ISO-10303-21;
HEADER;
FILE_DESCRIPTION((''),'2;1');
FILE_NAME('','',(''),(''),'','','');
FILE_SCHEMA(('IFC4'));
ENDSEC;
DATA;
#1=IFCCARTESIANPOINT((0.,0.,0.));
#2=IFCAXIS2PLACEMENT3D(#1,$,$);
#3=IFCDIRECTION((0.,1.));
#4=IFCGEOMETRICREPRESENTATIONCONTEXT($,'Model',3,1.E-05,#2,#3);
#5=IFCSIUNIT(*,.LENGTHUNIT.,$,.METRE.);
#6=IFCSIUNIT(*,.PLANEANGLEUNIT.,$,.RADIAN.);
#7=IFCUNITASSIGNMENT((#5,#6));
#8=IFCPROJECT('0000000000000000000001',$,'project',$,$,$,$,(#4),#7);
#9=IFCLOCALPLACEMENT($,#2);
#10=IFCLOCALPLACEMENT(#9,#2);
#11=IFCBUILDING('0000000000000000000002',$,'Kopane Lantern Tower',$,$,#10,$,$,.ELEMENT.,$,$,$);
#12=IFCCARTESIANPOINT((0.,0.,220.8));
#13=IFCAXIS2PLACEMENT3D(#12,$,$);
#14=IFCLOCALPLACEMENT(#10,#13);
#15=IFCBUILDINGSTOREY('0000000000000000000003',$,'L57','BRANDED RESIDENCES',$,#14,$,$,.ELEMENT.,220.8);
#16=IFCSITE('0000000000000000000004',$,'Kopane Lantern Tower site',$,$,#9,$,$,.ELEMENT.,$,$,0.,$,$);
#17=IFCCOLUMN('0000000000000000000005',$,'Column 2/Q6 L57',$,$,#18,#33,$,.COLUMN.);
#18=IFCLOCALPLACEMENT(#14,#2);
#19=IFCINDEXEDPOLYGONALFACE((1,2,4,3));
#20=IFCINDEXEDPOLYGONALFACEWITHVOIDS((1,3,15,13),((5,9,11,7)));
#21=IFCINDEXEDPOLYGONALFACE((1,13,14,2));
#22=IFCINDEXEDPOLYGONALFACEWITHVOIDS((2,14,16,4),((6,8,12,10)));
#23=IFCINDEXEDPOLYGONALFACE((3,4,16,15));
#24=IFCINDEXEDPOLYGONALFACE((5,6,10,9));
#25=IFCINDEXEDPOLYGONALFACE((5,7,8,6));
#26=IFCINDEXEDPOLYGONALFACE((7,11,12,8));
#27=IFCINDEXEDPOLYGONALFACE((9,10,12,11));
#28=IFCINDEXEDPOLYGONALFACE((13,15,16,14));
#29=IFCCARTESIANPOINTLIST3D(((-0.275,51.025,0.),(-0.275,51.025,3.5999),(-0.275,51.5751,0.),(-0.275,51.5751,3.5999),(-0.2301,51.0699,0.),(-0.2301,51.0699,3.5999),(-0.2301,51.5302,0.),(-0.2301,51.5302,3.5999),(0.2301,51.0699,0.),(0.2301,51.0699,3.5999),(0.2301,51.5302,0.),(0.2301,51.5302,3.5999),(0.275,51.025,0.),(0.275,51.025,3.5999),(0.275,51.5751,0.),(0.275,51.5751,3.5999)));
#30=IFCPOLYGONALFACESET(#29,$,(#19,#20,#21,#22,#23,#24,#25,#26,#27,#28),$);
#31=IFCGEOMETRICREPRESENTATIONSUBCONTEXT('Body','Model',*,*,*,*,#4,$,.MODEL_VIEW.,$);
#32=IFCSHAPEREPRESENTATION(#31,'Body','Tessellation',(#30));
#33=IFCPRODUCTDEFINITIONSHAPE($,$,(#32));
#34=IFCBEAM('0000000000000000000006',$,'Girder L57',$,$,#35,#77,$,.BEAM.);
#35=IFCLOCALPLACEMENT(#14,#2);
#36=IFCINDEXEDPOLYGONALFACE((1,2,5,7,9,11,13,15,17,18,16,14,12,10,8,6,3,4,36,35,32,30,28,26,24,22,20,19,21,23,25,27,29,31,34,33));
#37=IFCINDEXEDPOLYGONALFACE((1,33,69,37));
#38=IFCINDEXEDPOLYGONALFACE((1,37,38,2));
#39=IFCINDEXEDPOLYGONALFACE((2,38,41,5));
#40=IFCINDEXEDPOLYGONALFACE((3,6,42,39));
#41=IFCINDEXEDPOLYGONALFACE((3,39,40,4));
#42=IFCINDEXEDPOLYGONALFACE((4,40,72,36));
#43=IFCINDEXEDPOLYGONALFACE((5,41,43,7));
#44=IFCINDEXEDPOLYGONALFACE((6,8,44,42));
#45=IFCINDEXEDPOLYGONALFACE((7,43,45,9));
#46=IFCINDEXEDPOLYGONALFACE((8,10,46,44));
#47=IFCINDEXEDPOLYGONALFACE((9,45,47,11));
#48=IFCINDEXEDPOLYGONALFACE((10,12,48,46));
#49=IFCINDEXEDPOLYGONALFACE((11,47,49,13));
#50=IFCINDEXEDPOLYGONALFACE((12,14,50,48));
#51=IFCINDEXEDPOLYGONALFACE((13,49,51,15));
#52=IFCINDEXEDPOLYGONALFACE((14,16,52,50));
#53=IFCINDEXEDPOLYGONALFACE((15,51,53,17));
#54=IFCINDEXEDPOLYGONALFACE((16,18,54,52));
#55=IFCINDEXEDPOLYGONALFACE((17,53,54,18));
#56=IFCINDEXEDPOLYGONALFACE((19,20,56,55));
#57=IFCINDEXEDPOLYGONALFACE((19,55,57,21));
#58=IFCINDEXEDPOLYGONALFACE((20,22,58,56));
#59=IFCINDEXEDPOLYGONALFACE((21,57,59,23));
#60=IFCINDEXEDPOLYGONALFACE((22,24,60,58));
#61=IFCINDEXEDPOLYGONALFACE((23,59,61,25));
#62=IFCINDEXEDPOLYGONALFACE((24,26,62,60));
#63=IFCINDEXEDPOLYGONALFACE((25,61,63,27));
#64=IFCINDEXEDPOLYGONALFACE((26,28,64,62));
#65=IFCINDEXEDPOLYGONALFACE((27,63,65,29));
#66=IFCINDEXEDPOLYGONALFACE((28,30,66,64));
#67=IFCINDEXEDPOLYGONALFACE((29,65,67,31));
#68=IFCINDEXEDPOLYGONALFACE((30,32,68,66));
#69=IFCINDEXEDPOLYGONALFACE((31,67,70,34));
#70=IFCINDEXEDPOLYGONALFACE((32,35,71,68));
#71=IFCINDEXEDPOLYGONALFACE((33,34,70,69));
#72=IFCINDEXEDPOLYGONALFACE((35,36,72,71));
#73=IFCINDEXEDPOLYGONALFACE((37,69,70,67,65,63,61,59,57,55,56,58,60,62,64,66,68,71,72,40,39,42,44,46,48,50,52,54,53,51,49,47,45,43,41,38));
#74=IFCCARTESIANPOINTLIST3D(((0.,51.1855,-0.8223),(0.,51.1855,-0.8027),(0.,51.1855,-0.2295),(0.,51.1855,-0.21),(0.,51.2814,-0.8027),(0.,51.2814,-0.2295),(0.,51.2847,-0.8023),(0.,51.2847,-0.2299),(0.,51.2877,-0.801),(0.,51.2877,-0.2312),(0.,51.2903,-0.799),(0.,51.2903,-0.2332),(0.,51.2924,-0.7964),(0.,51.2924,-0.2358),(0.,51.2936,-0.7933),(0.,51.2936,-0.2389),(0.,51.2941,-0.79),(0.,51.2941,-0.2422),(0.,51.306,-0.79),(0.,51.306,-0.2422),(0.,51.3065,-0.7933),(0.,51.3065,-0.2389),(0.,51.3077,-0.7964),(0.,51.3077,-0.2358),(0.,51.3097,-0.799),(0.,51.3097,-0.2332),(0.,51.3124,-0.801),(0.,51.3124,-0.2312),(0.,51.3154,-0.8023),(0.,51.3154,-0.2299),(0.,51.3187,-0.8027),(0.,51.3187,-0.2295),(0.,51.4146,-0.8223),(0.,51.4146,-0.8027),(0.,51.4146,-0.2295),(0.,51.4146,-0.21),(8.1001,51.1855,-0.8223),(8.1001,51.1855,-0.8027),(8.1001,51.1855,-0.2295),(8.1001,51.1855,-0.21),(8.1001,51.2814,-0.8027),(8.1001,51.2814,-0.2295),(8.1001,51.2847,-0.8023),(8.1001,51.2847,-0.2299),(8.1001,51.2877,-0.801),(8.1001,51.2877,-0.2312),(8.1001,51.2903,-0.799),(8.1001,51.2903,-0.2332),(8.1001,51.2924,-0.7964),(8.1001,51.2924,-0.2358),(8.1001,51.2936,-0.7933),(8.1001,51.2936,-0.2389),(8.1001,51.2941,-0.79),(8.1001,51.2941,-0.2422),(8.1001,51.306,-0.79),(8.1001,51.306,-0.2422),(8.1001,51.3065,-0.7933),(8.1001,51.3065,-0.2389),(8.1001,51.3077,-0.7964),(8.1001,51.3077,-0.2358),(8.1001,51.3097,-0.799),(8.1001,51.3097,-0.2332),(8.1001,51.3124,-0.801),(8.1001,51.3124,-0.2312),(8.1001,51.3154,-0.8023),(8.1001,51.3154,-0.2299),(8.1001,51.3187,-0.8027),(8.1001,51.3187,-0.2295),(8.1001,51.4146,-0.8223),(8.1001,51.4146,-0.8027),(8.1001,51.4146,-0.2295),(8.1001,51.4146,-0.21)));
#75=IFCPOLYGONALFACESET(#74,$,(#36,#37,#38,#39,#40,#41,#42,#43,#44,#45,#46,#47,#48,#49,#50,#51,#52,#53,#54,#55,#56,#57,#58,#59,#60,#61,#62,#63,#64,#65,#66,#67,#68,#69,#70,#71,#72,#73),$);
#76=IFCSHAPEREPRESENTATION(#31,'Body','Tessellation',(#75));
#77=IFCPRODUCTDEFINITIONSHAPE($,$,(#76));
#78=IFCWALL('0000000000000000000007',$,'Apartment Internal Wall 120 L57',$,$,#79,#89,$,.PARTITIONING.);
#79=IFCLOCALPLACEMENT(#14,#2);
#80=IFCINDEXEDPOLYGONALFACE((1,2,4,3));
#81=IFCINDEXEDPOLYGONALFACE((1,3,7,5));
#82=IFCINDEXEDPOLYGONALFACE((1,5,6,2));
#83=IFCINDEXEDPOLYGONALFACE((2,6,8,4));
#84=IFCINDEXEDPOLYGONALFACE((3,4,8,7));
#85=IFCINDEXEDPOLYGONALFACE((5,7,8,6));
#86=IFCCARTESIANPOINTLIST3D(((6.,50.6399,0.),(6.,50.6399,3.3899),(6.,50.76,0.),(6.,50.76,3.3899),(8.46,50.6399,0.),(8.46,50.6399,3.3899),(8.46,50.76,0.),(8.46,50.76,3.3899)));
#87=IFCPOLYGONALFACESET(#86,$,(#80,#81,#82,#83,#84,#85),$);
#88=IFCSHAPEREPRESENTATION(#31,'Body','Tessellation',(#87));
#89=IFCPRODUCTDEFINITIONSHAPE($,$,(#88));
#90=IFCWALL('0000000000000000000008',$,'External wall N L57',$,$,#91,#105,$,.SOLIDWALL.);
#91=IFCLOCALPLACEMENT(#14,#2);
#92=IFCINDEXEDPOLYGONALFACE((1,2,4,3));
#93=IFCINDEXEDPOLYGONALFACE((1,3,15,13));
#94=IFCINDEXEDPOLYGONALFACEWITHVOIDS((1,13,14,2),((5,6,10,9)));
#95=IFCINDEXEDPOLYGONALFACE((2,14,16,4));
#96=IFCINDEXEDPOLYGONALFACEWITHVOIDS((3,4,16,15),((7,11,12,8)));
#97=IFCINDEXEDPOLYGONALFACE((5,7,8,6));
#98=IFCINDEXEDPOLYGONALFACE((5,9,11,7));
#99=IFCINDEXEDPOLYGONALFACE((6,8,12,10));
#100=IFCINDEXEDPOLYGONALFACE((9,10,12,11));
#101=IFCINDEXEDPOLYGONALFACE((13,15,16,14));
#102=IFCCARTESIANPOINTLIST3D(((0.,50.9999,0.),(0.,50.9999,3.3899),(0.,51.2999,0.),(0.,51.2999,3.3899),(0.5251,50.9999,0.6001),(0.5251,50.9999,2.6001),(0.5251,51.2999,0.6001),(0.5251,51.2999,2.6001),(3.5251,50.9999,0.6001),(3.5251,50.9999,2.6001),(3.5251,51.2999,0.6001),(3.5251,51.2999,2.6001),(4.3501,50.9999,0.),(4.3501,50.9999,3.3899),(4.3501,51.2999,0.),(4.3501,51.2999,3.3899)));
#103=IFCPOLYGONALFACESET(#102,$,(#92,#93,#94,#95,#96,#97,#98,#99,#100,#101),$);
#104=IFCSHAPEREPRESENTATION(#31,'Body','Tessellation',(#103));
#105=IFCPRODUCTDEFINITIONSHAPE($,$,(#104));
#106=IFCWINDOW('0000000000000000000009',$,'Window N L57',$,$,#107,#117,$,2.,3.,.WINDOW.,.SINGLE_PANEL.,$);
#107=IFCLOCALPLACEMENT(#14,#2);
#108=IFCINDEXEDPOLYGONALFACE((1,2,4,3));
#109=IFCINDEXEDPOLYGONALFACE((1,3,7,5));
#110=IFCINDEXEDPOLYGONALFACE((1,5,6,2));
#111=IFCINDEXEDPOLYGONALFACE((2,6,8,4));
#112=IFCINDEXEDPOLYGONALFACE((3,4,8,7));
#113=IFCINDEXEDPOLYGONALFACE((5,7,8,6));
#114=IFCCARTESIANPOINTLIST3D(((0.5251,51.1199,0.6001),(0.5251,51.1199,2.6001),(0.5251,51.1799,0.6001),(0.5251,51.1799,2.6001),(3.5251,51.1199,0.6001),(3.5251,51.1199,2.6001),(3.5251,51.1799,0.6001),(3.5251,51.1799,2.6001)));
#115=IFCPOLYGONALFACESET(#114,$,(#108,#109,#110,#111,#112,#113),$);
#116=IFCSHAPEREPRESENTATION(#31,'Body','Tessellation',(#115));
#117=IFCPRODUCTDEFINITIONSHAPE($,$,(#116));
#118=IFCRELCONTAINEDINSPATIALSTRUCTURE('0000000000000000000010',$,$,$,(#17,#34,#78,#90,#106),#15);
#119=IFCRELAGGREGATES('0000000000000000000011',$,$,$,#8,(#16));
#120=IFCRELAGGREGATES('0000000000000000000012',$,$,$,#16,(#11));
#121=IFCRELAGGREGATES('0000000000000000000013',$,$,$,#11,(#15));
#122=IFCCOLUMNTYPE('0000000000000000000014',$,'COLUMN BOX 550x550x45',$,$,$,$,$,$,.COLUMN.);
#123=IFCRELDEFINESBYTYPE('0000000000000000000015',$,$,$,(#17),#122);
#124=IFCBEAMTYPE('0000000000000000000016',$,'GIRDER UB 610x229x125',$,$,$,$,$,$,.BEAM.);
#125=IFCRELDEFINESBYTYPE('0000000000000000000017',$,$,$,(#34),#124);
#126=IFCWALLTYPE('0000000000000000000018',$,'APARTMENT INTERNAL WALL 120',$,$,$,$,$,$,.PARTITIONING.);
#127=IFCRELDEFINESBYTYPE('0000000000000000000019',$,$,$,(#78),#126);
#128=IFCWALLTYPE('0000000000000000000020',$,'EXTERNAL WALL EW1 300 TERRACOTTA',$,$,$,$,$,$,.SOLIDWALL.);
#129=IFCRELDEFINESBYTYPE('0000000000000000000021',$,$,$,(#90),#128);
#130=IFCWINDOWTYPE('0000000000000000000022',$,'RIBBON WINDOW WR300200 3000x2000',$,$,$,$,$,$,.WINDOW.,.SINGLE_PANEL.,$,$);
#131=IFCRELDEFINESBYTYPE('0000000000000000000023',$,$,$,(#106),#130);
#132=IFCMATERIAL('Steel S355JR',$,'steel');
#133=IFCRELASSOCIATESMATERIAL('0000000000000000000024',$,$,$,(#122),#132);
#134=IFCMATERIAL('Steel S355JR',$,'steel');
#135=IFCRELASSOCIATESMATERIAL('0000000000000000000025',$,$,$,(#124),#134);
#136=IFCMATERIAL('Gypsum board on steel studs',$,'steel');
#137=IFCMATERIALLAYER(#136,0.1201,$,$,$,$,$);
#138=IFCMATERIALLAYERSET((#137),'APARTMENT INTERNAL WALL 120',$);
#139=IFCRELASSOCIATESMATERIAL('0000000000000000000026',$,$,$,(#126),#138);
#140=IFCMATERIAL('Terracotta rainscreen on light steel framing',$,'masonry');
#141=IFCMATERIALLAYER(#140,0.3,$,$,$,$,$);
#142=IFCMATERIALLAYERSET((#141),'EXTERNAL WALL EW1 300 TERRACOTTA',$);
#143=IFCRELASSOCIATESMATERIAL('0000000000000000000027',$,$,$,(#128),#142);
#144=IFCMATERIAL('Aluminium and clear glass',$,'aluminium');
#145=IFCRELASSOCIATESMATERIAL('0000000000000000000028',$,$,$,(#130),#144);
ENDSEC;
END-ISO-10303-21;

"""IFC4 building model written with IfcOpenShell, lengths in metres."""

from ifc_helpers import new_model, si_unit, direction, frame, frame_2d, origin, origin_2d, place, context, subcontext, project, spatial, rectangle, hollow_rectangle, i_section, extrude, material, layer, layer_set, material_profile, profile_set, type_object, element, fill, save


model = new_model("IFC4")

# Units and contexts
model_context = context("Model", 3, precision=1e-05, world=origin(), true_north=direction((0.0, 1.0)))
body_context = subcontext(model_context, "Body", "Model", "MODEL_VIEW")
ifc_project = project(units=[si_unit("LENGTHUNIT", "METRE"), si_unit("PLANEANGLEUNIT", "RADIAN")], contexts=[model_context])

# Site, building, storey
site_placement = place(None, origin())
site = spatial("IfcSite", under=ifc_project, at=site_placement, Name="Kopane Lantern Tower site", CompositionType="ELEMENT", RefElevation=0.0)
building_placement = place(site_placement, origin())
building = spatial("IfcBuilding", under=site, at=building_placement, Name="Kopane Lantern Tower", CompositionType="ELEMENT")
storey_placement = place(building_placement, frame((0.0, 0.0, 220.8)))
storey = spatial("IfcBuildingStorey", under=building, at=storey_placement, Name="L57", Description="BRANDED RESIDENCES", CompositionType="ELEMENT", Elevation=220.8)

# Column
ifc_material_1 = material(Name="Steel S355JR", Category="steel")
ifc_material_profile_1 = material_profile(ifc_material_1, hollow_rectangle(XDim=0.55, YDim=0.55, WallThickness=0.0449, at=origin_2d()), Name="BOX 550x550x45")
ifc_profile_set_1 = profile_set([ifc_material_profile_1], Name="Steel S355JR")
column_type = type_object("IfcColumnType", Name="COLUMN BOX 550x550x45", PredefinedType="COLUMN", material=ifc_profile_set_1)
column_placement = place(storey_placement, frame((0.0, 51.3, 0.0), z_axis=(0.0, 0.0, 1.0), x_axis=(1.0, 0.0, 0.0)))
element("IfcColumn", 1, at=column_placement, inside=storey, type_object=column_type, Name="Column 2/Q6 L57", PredefinedType="COLUMN", context=body_context, shape_type="SweptSolid", body=[
    extrude(hollow_rectangle(XDim=0.55, YDim=0.55, WallThickness=0.0449, at=origin_2d()), origin(), (0.0, 0.0, 1.0), 3.5999),
])

# Beam
ifc_material_2 = material(Name="Steel S355JR", Category="steel")
ifc_material_profile_2 = material_profile(ifc_material_2, i_section(OverallWidth=0.229, OverallDepth=0.6123, WebThickness=0.012, FlangeThickness=0.0195, FilletRadius=0.0127, at=origin_2d()), Name="UB 610x229x125")
ifc_profile_set_2 = profile_set([ifc_material_profile_2], Name="Steel S355JR")
beam_type = type_object("IfcBeamType", Name="GIRDER UB 610x229x125", PredefinedType="BEAM", material=ifc_profile_set_2)
beam_placement = place(storey_placement, frame((0.0, 51.3, -0.5161), z_axis=(1.0, 0.0, 0.0), x_axis=(0.0, 1.0, 0.0)))
element("IfcBeam", 2, at=beam_placement, inside=storey, type_object=beam_type, Name="Girder L57", PredefinedType="BEAM", context=body_context, shape_type="SweptSolid", body=[
    extrude(i_section(OverallWidth=0.229, OverallDepth=0.6123, WebThickness=0.012, FlangeThickness=0.0195, FilletRadius=0.0127, at=origin_2d()), origin(), (0.0, 0.0, 1.0), 8.1001),
])

# Wall
ifc_material_3 = material(Name="Gypsum board on steel studs", Category="steel")
ifc_layer_1 = layer(ifc_material_3, 0.1201)
ifc_layer_set_1 = layer_set([ifc_layer_1], Name="APARTMENT INTERNAL WALL 120")
wall_type_1 = type_object("IfcWallType", Name="APARTMENT INTERNAL WALL 120", PredefinedType="PARTITIONING", material=ifc_layer_set_1)
wall_1_placement = place(storey_placement, frame((6.0, 50.7, 0.0), z_axis=(0.0, 0.0, 1.0), x_axis=(1.0, 0.0, 0.0)))
element("IfcWall", 3, at=wall_1_placement, inside=storey, type_object=wall_type_1, Name="Apartment Internal Wall 120 L57", PredefinedType="PARTITIONING", context=body_context, shape_type="SweptSolid", body=[
    extrude(rectangle(XDim=2.46, YDim=0.1201, at=frame_2d((1.23, 0.0))), origin(), (0.0, 0.0, 1.0), 3.3899),
])

# Wall, opening, window
ifc_material_4 = material(Name="Terracotta rainscreen on light steel framing", Category="masonry")
ifc_layer_2 = layer(ifc_material_4, 0.3)
ifc_layer_set_2 = layer_set([ifc_layer_2], Name="EXTERNAL WALL EW1 300 TERRACOTTA")
wall_type_2 = type_object("IfcWallType", Name="EXTERNAL WALL EW1 300 TERRACOTTA", PredefinedType="SOLIDWALL", material=ifc_layer_set_2)
wall_2_placement = place(storey_placement, frame((4.3501, 51.1499, 0.0), z_axis=(0.0, 0.0, 1.0), x_axis=(-1.0, 0.0, 0.0)))
wall_2 = element("IfcWall", 4, at=wall_2_placement, inside=storey, type_object=wall_type_2, Name="External wall N L57", PredefinedType="SOLIDWALL", context=body_context, shape_type="SweptSolid", body=[
    extrude(rectangle(XDim=4.3501, YDim=0.3, at=frame_2d((2.175, 0.0))), origin(), (0.0, 0.0, 1.0), 3.3899),
])
opening_1_placement = place(wall_2_placement, frame((0.825, 0.0, 0.6001)))
opening_1 = element("IfcOpeningElement", 5, at=opening_1_placement, cuts=wall_2, PredefinedType="OPENING", context=body_context, shape_type="SweptSolid", body=[
    extrude(rectangle(XDim=3.0, YDim=2.0, at=frame_2d((1.5, 1.0))), frame((0.0, 0.1599, 0.0), z_axis=(0.0, -1.0, 0.0), x_axis=(1.0, 0.0, 0.0)), (0.0, 0.0, 1.0), 0.3201),
])
ifc_material_5 = material(Name="Aluminium and clear glass", Category="aluminium")
window_type = type_object("IfcWindowType", Name="RIBBON WINDOW WR300200 3000x2000", PartitioningType="SINGLE_PANEL", PredefinedType="WINDOW", material=ifc_material_5)
window_1_placement = place(opening_1_placement, origin())
window_1 = element("IfcWindow", 6, at=window_1_placement, inside=storey, type_object=window_type, Name="Window N L57", OverallHeight=2.0, OverallWidth=3.0, PartitioningType="SINGLE_PANEL", PredefinedType="WINDOW", context=body_context, shape_type="SweptSolid", body=[
    extrude(rectangle(XDim=3.0, YDim=2.0, at=frame_2d((1.5, 1.0))), frame((0.0, 0.03, 0.0), z_axis=(0.0, -1.0, 0.0), x_axis=(1.0, 0.0, 0.0)), (0.0, 0.0, 1.0), 0.0601),
])
fill(opening_1, window_1)

save(model, "model.ifc")
